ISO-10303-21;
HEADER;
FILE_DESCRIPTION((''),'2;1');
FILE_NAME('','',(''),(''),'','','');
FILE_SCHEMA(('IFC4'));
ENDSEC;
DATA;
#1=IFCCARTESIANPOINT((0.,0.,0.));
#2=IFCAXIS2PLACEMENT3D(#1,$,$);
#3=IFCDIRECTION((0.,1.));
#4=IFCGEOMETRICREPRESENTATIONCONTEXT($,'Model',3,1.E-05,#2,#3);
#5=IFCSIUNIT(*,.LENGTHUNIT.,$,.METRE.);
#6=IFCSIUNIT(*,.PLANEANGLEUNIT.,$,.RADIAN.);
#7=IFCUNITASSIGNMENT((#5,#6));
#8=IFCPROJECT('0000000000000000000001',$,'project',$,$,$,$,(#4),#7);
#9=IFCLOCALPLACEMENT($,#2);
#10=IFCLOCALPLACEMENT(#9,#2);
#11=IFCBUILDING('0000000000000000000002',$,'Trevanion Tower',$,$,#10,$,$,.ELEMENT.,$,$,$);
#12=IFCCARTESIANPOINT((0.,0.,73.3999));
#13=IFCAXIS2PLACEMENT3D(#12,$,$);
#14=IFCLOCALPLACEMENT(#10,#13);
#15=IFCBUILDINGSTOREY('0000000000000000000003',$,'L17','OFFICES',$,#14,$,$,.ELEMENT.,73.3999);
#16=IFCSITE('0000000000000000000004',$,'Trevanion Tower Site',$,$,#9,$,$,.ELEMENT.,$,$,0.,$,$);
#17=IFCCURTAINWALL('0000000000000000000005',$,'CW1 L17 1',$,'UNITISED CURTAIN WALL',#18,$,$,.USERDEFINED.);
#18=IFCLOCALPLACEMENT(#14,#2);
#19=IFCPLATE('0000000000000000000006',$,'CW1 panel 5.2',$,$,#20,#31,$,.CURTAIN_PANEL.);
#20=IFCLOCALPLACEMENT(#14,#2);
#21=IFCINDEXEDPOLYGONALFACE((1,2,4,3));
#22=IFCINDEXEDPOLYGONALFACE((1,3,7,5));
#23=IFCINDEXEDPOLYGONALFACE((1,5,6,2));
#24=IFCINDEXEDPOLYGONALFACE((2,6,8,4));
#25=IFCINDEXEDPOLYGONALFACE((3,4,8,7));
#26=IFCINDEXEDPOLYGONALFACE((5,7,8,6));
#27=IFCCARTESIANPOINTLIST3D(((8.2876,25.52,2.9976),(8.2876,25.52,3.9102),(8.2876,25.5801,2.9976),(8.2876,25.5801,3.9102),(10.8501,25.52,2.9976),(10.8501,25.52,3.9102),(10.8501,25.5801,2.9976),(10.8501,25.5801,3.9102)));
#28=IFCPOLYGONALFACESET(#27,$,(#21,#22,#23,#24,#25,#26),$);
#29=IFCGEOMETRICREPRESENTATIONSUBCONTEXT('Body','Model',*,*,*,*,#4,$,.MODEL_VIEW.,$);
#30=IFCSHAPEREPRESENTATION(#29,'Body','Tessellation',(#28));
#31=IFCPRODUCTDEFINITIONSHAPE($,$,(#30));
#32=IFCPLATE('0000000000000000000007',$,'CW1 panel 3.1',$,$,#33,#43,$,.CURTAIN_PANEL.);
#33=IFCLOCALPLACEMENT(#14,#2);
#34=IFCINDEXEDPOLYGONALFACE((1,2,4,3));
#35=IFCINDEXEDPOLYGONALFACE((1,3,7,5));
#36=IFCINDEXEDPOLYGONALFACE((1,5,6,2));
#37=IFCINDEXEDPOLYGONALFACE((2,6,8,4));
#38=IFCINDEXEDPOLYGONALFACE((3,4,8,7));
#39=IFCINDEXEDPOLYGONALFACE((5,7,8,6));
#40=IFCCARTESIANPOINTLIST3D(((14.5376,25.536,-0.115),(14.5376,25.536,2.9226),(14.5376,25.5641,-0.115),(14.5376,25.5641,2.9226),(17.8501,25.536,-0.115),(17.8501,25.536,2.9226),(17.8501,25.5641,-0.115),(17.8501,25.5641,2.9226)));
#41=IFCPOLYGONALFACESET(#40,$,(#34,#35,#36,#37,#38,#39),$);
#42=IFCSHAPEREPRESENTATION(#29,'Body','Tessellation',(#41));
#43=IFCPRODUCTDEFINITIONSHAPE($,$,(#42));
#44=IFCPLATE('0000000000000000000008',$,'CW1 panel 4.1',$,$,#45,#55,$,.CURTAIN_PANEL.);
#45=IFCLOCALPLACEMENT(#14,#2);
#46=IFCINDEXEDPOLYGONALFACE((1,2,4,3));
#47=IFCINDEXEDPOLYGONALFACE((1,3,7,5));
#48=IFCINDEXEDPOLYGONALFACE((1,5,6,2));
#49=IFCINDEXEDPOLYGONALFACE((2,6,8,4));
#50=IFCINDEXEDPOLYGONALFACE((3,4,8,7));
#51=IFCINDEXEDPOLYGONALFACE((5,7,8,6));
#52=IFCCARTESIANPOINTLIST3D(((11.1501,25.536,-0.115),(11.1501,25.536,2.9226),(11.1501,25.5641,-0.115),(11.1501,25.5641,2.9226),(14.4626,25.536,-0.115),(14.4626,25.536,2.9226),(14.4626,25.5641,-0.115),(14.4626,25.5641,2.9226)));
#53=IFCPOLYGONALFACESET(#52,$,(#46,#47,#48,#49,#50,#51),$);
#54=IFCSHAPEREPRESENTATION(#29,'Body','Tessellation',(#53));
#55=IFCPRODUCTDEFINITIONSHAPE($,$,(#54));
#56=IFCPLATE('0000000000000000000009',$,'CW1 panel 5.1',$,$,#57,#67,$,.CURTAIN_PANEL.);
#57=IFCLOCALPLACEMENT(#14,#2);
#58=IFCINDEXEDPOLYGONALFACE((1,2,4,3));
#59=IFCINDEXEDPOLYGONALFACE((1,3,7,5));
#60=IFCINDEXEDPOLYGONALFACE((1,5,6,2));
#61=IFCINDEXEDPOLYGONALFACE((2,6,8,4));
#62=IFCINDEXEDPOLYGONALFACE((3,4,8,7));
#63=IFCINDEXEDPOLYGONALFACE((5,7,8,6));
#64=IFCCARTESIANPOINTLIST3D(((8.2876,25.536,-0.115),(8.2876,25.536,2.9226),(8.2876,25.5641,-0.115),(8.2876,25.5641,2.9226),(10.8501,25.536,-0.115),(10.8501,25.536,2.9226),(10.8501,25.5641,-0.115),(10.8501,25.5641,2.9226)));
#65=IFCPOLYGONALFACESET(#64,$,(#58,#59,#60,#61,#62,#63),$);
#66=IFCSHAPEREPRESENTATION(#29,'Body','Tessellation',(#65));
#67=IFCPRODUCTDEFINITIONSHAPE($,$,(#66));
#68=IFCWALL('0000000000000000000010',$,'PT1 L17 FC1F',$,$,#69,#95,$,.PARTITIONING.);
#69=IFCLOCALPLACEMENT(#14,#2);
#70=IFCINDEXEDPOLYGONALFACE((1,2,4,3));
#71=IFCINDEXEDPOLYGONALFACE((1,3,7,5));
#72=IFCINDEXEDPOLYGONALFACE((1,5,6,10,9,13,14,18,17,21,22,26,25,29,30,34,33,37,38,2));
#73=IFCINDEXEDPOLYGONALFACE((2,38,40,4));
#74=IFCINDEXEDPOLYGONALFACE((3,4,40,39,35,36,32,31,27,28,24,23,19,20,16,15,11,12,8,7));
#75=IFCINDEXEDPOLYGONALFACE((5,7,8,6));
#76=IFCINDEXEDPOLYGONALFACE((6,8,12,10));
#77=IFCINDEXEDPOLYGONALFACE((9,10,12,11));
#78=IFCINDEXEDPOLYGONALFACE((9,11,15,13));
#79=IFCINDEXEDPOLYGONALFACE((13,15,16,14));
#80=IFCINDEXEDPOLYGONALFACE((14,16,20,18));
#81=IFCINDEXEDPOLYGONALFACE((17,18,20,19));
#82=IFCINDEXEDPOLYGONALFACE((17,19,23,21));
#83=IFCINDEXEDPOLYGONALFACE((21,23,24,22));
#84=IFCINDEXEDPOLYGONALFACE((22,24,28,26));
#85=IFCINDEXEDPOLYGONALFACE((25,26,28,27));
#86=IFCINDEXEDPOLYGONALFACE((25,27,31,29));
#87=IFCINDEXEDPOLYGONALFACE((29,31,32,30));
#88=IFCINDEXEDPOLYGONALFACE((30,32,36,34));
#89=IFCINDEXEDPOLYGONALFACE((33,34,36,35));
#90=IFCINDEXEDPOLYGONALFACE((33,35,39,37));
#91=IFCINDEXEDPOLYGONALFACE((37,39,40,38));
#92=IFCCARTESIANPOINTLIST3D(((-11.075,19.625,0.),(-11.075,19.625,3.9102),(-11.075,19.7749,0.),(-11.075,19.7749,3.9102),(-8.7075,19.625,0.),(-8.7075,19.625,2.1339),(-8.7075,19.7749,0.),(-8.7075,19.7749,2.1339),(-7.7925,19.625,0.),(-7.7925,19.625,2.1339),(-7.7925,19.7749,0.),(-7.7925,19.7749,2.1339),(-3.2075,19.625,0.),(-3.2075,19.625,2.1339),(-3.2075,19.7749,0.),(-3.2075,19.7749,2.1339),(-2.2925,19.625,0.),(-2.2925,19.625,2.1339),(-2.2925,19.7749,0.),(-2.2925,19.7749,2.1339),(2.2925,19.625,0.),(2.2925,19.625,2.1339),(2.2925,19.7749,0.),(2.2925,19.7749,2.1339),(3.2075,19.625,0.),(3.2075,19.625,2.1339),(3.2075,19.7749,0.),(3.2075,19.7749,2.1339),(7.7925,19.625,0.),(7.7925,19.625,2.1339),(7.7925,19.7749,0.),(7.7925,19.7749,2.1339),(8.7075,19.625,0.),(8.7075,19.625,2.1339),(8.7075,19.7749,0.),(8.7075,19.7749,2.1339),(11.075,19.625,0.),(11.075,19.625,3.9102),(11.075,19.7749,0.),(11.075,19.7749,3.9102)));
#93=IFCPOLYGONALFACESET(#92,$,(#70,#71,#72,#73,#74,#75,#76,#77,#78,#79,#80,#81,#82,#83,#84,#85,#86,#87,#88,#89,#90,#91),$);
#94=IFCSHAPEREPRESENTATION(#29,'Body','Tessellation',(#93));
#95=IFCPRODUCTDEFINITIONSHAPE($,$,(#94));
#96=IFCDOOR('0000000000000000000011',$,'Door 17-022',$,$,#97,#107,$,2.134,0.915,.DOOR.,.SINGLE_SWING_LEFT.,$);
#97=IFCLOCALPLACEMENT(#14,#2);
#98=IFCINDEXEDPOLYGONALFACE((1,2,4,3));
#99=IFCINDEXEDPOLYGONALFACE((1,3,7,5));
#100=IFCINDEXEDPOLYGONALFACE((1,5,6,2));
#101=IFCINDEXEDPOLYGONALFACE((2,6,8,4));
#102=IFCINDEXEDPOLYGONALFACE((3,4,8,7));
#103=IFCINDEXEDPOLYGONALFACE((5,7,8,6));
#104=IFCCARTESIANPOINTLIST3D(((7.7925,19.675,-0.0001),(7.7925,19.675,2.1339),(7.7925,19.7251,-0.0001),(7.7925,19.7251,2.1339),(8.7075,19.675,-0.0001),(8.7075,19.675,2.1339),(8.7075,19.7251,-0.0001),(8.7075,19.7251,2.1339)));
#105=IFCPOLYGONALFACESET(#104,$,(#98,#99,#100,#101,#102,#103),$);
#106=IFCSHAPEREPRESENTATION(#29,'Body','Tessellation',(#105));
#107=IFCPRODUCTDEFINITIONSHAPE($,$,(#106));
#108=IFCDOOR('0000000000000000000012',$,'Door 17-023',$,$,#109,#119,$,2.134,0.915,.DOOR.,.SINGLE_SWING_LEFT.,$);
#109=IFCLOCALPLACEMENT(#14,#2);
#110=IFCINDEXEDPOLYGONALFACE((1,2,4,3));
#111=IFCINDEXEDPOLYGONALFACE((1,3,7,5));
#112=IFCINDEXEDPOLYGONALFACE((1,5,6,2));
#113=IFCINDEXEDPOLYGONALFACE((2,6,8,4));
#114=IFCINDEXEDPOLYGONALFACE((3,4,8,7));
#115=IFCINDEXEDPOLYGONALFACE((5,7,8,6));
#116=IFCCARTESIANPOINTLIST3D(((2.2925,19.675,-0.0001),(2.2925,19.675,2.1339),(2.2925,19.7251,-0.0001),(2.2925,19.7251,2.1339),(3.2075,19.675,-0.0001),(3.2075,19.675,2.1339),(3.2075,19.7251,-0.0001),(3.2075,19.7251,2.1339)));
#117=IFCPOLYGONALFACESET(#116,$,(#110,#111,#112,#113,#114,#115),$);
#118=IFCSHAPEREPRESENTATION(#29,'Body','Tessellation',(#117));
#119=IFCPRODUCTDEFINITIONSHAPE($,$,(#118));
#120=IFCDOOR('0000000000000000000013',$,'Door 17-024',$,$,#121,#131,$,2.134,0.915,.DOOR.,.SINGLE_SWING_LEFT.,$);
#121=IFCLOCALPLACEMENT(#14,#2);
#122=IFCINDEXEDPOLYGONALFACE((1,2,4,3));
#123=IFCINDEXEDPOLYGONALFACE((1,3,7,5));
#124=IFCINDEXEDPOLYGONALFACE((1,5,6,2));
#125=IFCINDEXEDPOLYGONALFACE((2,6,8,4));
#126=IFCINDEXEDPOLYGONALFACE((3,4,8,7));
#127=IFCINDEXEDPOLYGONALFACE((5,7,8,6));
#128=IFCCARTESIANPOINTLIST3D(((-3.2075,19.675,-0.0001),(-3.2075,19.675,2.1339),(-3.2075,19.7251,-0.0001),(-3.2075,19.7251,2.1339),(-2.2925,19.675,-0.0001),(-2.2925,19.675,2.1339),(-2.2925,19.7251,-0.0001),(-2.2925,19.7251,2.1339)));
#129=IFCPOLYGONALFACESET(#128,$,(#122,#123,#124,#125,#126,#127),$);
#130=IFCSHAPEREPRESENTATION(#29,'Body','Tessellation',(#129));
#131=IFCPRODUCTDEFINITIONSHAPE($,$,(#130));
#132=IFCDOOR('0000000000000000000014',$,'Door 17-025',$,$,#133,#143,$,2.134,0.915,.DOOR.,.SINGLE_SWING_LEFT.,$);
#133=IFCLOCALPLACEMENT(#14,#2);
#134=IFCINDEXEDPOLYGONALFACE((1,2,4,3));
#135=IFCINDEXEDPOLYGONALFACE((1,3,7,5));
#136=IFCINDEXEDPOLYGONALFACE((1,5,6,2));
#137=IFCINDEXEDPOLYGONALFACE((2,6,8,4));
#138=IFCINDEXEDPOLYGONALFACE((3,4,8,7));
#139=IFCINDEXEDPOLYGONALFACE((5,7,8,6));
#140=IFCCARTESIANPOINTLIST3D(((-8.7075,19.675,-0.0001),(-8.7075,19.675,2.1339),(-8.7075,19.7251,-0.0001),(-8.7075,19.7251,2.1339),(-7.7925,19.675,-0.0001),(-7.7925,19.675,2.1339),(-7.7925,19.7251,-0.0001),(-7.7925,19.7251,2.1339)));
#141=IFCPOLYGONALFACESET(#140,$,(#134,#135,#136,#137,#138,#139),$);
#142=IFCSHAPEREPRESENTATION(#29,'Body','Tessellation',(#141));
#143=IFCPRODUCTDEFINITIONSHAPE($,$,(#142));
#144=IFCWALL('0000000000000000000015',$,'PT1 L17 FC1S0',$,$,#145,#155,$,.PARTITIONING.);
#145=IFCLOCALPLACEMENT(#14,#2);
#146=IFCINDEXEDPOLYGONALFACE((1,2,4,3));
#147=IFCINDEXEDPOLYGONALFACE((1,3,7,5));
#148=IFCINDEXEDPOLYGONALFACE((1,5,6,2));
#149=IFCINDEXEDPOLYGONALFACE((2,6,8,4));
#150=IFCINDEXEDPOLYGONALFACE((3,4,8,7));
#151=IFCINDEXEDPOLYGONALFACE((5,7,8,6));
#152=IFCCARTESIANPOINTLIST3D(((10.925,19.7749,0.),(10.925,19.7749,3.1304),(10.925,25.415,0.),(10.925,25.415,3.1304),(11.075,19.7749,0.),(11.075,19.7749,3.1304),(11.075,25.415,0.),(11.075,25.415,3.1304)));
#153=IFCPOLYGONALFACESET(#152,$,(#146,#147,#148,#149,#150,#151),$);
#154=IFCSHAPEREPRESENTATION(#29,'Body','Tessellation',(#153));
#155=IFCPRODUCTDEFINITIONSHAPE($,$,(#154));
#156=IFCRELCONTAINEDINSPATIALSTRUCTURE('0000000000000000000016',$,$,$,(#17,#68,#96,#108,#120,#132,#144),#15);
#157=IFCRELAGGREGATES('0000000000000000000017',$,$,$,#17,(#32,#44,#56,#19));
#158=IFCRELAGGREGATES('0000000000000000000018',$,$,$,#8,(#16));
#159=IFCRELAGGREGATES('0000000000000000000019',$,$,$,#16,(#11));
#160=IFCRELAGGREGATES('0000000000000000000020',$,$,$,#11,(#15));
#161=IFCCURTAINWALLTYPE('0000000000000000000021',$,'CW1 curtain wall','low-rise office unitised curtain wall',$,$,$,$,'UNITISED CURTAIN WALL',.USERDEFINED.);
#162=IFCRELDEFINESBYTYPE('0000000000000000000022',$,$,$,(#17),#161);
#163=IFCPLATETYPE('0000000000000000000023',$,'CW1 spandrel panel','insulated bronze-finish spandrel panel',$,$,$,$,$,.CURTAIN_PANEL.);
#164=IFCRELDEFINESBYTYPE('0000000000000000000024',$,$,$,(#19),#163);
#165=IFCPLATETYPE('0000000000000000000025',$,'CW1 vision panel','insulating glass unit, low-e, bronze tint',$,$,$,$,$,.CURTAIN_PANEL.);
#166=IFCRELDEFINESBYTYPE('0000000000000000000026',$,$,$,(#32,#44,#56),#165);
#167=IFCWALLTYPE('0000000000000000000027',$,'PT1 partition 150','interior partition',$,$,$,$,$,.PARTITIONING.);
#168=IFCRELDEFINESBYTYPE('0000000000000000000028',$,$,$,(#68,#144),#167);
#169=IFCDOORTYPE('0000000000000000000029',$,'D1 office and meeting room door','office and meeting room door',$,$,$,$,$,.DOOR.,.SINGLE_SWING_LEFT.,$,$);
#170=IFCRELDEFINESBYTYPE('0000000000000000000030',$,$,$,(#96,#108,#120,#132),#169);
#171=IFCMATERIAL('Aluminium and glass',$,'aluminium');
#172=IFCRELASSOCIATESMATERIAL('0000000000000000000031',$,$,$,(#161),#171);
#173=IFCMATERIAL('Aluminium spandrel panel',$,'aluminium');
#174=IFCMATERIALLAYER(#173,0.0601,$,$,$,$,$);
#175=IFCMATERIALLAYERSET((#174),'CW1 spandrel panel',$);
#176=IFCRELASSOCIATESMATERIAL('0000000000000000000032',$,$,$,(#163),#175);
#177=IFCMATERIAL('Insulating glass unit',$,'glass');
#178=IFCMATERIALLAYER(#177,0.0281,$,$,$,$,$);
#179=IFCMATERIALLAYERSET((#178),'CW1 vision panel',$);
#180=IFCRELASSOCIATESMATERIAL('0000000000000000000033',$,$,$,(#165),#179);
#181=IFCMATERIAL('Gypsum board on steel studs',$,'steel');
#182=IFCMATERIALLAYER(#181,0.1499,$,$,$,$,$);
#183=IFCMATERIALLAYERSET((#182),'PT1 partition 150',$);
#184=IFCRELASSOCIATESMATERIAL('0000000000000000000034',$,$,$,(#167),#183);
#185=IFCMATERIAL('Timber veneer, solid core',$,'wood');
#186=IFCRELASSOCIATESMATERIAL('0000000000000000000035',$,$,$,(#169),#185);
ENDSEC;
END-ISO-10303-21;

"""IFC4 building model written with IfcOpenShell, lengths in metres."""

from ifc_helpers import new_model, si_unit, direction, frame, frame_2d, origin, origin_2d, place, context, subcontext, project, spatial, rectangle, extrude, material, layer, layer_set, type_object, element, fill, aggregate, save


model = new_model("IFC4")

# Units and contexts
model_context = context("Model", 3, precision=1e-05, world=origin(), true_north=direction((0.0, 1.0)))
body_context = subcontext(model_context, "Body", "Model", "MODEL_VIEW")
ifc_project = project(units=[si_unit("LENGTHUNIT", "METRE"), si_unit("PLANEANGLEUNIT", "RADIAN")], contexts=[model_context])

# Site, building, storey
site_placement = place(None, origin())
site = spatial("IfcSite", under=ifc_project, at=site_placement, Name="Trevanion Tower Site", CompositionType="ELEMENT", RefElevation=0.0)
building_placement = place(site_placement, origin())
building = spatial("IfcBuilding", under=site, at=building_placement, Name="Trevanion Tower", CompositionType="ELEMENT")
storey_placement = place(building_placement, frame((0.0, 0.0, 73.3999)))
storey = spatial("IfcBuildingStorey", under=building, at=storey_placement, Name="L17", Description="OFFICES", CompositionType="ELEMENT", Elevation=73.3999)

# Curtain wall
ifc_material_1 = material(Name="Aluminium and glass", Category="aluminium")
curtain_wall_type = type_object("IfcCurtainWallType", Name="CW1 curtain wall", Description="low-rise office unitised curtain wall", ElementType="UNITISED CURTAIN WALL", PredefinedType="USERDEFINED", material=ifc_material_1)
curtain_wall_placement = place(storey_placement, origin())
curtain_wall = element("IfcCurtainWall", 1, at=curtain_wall_placement, inside=storey, type_object=curtain_wall_type, Name="CW1 L17 1", ObjectType="UNITISED CURTAIN WALL", PredefinedType="USERDEFINED")

# Plates
ifc_material_2 = material(Name="Aluminium spandrel panel", Category="aluminium")
ifc_layer_1 = layer(ifc_material_2, 0.0601)
ifc_layer_set_1 = layer_set([ifc_layer_1], Name="CW1 spandrel panel")
plate_type_1 = type_object("IfcPlateType", Name="CW1 spandrel panel", Description="insulated bronze-finish spandrel panel", PredefinedType="CURTAIN_PANEL", material=ifc_layer_set_1)
plate_1_placement = place(storey_placement, frame((9.5688, 25.55, 2.9976), z_axis=(0.0, 0.0, 1.0), x_axis=(-1.0, 0.0, 0.0)))
plate_1 = element("IfcPlate", 2, at=plate_1_placement, type_object=plate_type_1, Name="CW1 panel 5.2", PredefinedType="CURTAIN_PANEL", context=body_context, shape_type="SweptSolid", body=[
    extrude(rectangle(XDim=2.5625, YDim=0.0601, at=origin_2d()), origin(), (0.0, 0.0, 1.0), 0.9126),
])
ifc_material_3 = material(Name="Insulating glass unit", Category="glass")
ifc_layer_2 = layer(ifc_material_3, 0.0281)
ifc_layer_set_2 = layer_set([ifc_layer_2], Name="CW1 vision panel")
plate_type_2 = type_object("IfcPlateType", Name="CW1 vision panel", Description="insulating glass unit, low-e, bronze tint", PredefinedType="CURTAIN_PANEL", material=ifc_layer_set_2)
plate_2_placement = place(storey_placement, frame((16.1938, 25.55, -0.115), z_axis=(0.0, 0.0, 1.0), x_axis=(-1.0, 0.0, 0.0)))
plate_2 = element("IfcPlate", 3, at=plate_2_placement, type_object=plate_type_2, Name="CW1 panel 3.1", PredefinedType="CURTAIN_PANEL", context=body_context, shape_type="SweptSolid", body=[
    extrude(rectangle(XDim=3.3125, YDim=0.0281, at=origin_2d()), origin(), (0.0, 0.0, 1.0), 3.0376),
])
plate_3_placement = place(storey_placement, frame((12.8064, 25.55, -0.115), z_axis=(0.0, 0.0, 1.0), x_axis=(-1.0, 0.0, 0.0)))
plate_3 = element("IfcPlate", 4, at=plate_3_placement, type_object=plate_type_2, Name="CW1 panel 4.1", PredefinedType="CURTAIN_PANEL", context=body_context, shape_type="SweptSolid", body=[
    extrude(rectangle(XDim=3.3125, YDim=0.0281, at=origin_2d()), origin(), (0.0, 0.0, 1.0), 3.0376),
])
plate_4_placement = place(storey_placement, frame((9.5688, 25.55, -0.115), z_axis=(0.0, 0.0, 1.0), x_axis=(-1.0, 0.0, 0.0)))
plate_4 = element("IfcPlate", 5, at=plate_4_placement, type_object=plate_type_2, Name="CW1 panel 5.1", PredefinedType="CURTAIN_PANEL", context=body_context, shape_type="SweptSolid", body=[
    extrude(rectangle(XDim=2.5625, YDim=0.0281, at=origin_2d()), origin(), (0.0, 0.0, 1.0), 3.0376),
])
aggregate(curtain_wall, [plate_2, plate_3, plate_4, plate_1])

# Wall, openings, doors
ifc_material_4 = material(Name="Gypsum board on steel studs", Category="steel")
ifc_layer_3 = layer(ifc_material_4, 0.1499)
ifc_layer_set_3 = layer_set([ifc_layer_3], Name="PT1 partition 150")
wall_type = type_object("IfcWallType", Name="PT1 partition 150", Description="interior partition", PredefinedType="PARTITIONING", material=ifc_layer_set_3)
wall_1_placement = place(storey_placement, frame((11.075, 19.7, 0.0), z_axis=(0.0, 0.0, 1.0), x_axis=(-1.0, 0.0, 0.0)))
wall_1 = element("IfcWall", 6, at=wall_1_placement, inside=storey, type_object=wall_type, Name="PT1 L17 FC1F", PredefinedType="PARTITIONING", context=body_context, shape_type="SweptSolid", body=[
    extrude(rectangle(XDim=22.1499, YDim=0.1499, at=frame_2d((11.075, 0.0))), origin(), (0.0, 0.0, 1.0), 3.9102),
])
opening_1_placement = place(wall_1_placement, frame((2.3674, 0.0, 0.0)))
opening_1 = element("IfcOpeningElement", 7, at=opening_1_placement, cuts=wall_1, PredefinedType="OPENING", context=body_context, shape_type="SweptSolid", body=[
    extrude(rectangle(XDim=0.915, YDim=2.134, at=frame_2d((0.4575, 1.0669))), frame((0.0, 0.085, 0.0), z_axis=(0.0, -1.0, 0.0), x_axis=(1.0, 0.0, 0.0)), (0.0, 0.0, 1.0), 0.1699),
])
opening_2_placement = place(wall_1_placement, frame((7.8674, 0.0, 0.0)))
opening_2 = element("IfcOpeningElement", 8, at=opening_2_placement, cuts=wall_1, PredefinedType="OPENING", context=body_context, shape_type="SweptSolid", body=[
    extrude(rectangle(XDim=0.915, YDim=2.134, at=frame_2d((0.4575, 1.0669))), frame((0.0, 0.085, 0.0), z_axis=(0.0, -1.0, 0.0), x_axis=(1.0, 0.0, 0.0)), (0.0, 0.0, 1.0), 0.1699),
])
opening_3_placement = place(wall_1_placement, frame((13.3674, 0.0, 0.0)))
opening_3 = element("IfcOpeningElement", 9, at=opening_3_placement, cuts=wall_1, PredefinedType="OPENING", context=body_context, shape_type="SweptSolid", body=[
    extrude(rectangle(XDim=0.915, YDim=2.134, at=frame_2d((0.4575, 1.0669))), frame((0.0, 0.085, 0.0), z_axis=(0.0, -1.0, 0.0), x_axis=(1.0, 0.0, 0.0)), (0.0, 0.0, 1.0), 0.1699),
])
opening_4_placement = place(wall_1_placement, frame((18.8674, 0.0, 0.0)))
opening_4 = element("IfcOpeningElement", 10, at=opening_4_placement, cuts=wall_1, PredefinedType="OPENING", context=body_context, shape_type="SweptSolid", body=[
    extrude(rectangle(XDim=0.915, YDim=2.134, at=frame_2d((0.4575, 1.0669))), frame((0.0, 0.085, 0.0), z_axis=(0.0, -1.0, 0.0), x_axis=(1.0, 0.0, 0.0)), (0.0, 0.0, 1.0), 0.1699),
])
ifc_material_5 = material(Name="Timber veneer, solid core", Category="wood")
door_type = type_object("IfcDoorType", Name="D1 office and meeting room door", Description="office and meeting room door", OperationType="SINGLE_SWING_LEFT", PredefinedType="DOOR", material=ifc_material_5)
door_1_placement = place(opening_1_placement, origin())
door_1 = element("IfcDoor", 11, at=door_1_placement, inside=storey, type_object=door_type, Name="Door 17-022", OperationType="SINGLE_SWING_LEFT", OverallHeight=2.134, OverallWidth=0.915, PredefinedType="DOOR", context=body_context, shape_type="SweptSolid", body=[
    extrude(rectangle(XDim=0.915, YDim=2.134, at=frame_2d((0.4575, 1.0669))), frame((0.0, 0.0249, 0.0), z_axis=(0.0, -1.0, 0.0), x_axis=(1.0, 0.0, 0.0)), (0.0, 0.0, 1.0), 0.05),
])
fill(opening_1, door_1)
door_2_placement = place(opening_2_placement, origin())
door_2 = element("IfcDoor", 12, at=door_2_placement, inside=storey, type_object=door_type, Name="Door 17-023", OperationType="SINGLE_SWING_LEFT", OverallHeight=2.134, OverallWidth=0.915, PredefinedType="DOOR", context=body_context, shape_type="SweptSolid", body=[
    extrude(rectangle(XDim=0.915, YDim=2.134, at=frame_2d((0.4575, 1.0669))), frame((0.0, 0.0249, 0.0), z_axis=(0.0, -1.0, 0.0), x_axis=(1.0, 0.0, 0.0)), (0.0, 0.0, 1.0), 0.05),
])
fill(opening_2, door_2)
door_3_placement = place(opening_3_placement, origin())
door_3 = element("IfcDoor", 13, at=door_3_placement, inside=storey, type_object=door_type, Name="Door 17-024", OperationType="SINGLE_SWING_LEFT", OverallHeight=2.134, OverallWidth=0.915, PredefinedType="DOOR", context=body_context, shape_type="SweptSolid", body=[
    extrude(rectangle(XDim=0.915, YDim=2.134, at=frame_2d((0.4575, 1.0669))), frame((0.0, 0.0249, 0.0), z_axis=(0.0, -1.0, 0.0), x_axis=(1.0, 0.0, 0.0)), (0.0, 0.0, 1.0), 0.05),
])
fill(opening_3, door_3)
door_4_placement = place(opening_4_placement, origin())
door_4 = element("IfcDoor", 14, at=door_4_placement, inside=storey, type_object=door_type, Name="Door 17-025", OperationType="SINGLE_SWING_LEFT", OverallHeight=2.134, OverallWidth=0.915, PredefinedType="DOOR", context=body_context, shape_type="SweptSolid", body=[
    extrude(rectangle(XDim=0.915, YDim=2.134, at=frame_2d((0.4575, 1.0669))), frame((0.0, 0.0249, 0.0), z_axis=(0.0, -1.0, 0.0), x_axis=(1.0, 0.0, 0.0)), (0.0, 0.0, 1.0), 0.05),
])
fill(opening_4, door_4)

# Wall
wall_2_placement = place(storey_placement, frame((11.0, 19.7749, 0.0), z_axis=(0.0, 0.0, 1.0), x_axis=(0.0, 1.0, 0.0)))
element("IfcWall", 15, at=wall_2_placement, inside=storey, type_object=wall_type, Name="PT1 L17 FC1S0", PredefinedType="PARTITIONING", context=body_context, shape_type="SweptSolid", body=[
    extrude(rectangle(XDim=5.6401, YDim=0.1499, at=frame_2d((2.8201, 0.0))), origin(), (0.0, 0.0, 1.0), 3.1304),
])

save(model, "model.ifc")
